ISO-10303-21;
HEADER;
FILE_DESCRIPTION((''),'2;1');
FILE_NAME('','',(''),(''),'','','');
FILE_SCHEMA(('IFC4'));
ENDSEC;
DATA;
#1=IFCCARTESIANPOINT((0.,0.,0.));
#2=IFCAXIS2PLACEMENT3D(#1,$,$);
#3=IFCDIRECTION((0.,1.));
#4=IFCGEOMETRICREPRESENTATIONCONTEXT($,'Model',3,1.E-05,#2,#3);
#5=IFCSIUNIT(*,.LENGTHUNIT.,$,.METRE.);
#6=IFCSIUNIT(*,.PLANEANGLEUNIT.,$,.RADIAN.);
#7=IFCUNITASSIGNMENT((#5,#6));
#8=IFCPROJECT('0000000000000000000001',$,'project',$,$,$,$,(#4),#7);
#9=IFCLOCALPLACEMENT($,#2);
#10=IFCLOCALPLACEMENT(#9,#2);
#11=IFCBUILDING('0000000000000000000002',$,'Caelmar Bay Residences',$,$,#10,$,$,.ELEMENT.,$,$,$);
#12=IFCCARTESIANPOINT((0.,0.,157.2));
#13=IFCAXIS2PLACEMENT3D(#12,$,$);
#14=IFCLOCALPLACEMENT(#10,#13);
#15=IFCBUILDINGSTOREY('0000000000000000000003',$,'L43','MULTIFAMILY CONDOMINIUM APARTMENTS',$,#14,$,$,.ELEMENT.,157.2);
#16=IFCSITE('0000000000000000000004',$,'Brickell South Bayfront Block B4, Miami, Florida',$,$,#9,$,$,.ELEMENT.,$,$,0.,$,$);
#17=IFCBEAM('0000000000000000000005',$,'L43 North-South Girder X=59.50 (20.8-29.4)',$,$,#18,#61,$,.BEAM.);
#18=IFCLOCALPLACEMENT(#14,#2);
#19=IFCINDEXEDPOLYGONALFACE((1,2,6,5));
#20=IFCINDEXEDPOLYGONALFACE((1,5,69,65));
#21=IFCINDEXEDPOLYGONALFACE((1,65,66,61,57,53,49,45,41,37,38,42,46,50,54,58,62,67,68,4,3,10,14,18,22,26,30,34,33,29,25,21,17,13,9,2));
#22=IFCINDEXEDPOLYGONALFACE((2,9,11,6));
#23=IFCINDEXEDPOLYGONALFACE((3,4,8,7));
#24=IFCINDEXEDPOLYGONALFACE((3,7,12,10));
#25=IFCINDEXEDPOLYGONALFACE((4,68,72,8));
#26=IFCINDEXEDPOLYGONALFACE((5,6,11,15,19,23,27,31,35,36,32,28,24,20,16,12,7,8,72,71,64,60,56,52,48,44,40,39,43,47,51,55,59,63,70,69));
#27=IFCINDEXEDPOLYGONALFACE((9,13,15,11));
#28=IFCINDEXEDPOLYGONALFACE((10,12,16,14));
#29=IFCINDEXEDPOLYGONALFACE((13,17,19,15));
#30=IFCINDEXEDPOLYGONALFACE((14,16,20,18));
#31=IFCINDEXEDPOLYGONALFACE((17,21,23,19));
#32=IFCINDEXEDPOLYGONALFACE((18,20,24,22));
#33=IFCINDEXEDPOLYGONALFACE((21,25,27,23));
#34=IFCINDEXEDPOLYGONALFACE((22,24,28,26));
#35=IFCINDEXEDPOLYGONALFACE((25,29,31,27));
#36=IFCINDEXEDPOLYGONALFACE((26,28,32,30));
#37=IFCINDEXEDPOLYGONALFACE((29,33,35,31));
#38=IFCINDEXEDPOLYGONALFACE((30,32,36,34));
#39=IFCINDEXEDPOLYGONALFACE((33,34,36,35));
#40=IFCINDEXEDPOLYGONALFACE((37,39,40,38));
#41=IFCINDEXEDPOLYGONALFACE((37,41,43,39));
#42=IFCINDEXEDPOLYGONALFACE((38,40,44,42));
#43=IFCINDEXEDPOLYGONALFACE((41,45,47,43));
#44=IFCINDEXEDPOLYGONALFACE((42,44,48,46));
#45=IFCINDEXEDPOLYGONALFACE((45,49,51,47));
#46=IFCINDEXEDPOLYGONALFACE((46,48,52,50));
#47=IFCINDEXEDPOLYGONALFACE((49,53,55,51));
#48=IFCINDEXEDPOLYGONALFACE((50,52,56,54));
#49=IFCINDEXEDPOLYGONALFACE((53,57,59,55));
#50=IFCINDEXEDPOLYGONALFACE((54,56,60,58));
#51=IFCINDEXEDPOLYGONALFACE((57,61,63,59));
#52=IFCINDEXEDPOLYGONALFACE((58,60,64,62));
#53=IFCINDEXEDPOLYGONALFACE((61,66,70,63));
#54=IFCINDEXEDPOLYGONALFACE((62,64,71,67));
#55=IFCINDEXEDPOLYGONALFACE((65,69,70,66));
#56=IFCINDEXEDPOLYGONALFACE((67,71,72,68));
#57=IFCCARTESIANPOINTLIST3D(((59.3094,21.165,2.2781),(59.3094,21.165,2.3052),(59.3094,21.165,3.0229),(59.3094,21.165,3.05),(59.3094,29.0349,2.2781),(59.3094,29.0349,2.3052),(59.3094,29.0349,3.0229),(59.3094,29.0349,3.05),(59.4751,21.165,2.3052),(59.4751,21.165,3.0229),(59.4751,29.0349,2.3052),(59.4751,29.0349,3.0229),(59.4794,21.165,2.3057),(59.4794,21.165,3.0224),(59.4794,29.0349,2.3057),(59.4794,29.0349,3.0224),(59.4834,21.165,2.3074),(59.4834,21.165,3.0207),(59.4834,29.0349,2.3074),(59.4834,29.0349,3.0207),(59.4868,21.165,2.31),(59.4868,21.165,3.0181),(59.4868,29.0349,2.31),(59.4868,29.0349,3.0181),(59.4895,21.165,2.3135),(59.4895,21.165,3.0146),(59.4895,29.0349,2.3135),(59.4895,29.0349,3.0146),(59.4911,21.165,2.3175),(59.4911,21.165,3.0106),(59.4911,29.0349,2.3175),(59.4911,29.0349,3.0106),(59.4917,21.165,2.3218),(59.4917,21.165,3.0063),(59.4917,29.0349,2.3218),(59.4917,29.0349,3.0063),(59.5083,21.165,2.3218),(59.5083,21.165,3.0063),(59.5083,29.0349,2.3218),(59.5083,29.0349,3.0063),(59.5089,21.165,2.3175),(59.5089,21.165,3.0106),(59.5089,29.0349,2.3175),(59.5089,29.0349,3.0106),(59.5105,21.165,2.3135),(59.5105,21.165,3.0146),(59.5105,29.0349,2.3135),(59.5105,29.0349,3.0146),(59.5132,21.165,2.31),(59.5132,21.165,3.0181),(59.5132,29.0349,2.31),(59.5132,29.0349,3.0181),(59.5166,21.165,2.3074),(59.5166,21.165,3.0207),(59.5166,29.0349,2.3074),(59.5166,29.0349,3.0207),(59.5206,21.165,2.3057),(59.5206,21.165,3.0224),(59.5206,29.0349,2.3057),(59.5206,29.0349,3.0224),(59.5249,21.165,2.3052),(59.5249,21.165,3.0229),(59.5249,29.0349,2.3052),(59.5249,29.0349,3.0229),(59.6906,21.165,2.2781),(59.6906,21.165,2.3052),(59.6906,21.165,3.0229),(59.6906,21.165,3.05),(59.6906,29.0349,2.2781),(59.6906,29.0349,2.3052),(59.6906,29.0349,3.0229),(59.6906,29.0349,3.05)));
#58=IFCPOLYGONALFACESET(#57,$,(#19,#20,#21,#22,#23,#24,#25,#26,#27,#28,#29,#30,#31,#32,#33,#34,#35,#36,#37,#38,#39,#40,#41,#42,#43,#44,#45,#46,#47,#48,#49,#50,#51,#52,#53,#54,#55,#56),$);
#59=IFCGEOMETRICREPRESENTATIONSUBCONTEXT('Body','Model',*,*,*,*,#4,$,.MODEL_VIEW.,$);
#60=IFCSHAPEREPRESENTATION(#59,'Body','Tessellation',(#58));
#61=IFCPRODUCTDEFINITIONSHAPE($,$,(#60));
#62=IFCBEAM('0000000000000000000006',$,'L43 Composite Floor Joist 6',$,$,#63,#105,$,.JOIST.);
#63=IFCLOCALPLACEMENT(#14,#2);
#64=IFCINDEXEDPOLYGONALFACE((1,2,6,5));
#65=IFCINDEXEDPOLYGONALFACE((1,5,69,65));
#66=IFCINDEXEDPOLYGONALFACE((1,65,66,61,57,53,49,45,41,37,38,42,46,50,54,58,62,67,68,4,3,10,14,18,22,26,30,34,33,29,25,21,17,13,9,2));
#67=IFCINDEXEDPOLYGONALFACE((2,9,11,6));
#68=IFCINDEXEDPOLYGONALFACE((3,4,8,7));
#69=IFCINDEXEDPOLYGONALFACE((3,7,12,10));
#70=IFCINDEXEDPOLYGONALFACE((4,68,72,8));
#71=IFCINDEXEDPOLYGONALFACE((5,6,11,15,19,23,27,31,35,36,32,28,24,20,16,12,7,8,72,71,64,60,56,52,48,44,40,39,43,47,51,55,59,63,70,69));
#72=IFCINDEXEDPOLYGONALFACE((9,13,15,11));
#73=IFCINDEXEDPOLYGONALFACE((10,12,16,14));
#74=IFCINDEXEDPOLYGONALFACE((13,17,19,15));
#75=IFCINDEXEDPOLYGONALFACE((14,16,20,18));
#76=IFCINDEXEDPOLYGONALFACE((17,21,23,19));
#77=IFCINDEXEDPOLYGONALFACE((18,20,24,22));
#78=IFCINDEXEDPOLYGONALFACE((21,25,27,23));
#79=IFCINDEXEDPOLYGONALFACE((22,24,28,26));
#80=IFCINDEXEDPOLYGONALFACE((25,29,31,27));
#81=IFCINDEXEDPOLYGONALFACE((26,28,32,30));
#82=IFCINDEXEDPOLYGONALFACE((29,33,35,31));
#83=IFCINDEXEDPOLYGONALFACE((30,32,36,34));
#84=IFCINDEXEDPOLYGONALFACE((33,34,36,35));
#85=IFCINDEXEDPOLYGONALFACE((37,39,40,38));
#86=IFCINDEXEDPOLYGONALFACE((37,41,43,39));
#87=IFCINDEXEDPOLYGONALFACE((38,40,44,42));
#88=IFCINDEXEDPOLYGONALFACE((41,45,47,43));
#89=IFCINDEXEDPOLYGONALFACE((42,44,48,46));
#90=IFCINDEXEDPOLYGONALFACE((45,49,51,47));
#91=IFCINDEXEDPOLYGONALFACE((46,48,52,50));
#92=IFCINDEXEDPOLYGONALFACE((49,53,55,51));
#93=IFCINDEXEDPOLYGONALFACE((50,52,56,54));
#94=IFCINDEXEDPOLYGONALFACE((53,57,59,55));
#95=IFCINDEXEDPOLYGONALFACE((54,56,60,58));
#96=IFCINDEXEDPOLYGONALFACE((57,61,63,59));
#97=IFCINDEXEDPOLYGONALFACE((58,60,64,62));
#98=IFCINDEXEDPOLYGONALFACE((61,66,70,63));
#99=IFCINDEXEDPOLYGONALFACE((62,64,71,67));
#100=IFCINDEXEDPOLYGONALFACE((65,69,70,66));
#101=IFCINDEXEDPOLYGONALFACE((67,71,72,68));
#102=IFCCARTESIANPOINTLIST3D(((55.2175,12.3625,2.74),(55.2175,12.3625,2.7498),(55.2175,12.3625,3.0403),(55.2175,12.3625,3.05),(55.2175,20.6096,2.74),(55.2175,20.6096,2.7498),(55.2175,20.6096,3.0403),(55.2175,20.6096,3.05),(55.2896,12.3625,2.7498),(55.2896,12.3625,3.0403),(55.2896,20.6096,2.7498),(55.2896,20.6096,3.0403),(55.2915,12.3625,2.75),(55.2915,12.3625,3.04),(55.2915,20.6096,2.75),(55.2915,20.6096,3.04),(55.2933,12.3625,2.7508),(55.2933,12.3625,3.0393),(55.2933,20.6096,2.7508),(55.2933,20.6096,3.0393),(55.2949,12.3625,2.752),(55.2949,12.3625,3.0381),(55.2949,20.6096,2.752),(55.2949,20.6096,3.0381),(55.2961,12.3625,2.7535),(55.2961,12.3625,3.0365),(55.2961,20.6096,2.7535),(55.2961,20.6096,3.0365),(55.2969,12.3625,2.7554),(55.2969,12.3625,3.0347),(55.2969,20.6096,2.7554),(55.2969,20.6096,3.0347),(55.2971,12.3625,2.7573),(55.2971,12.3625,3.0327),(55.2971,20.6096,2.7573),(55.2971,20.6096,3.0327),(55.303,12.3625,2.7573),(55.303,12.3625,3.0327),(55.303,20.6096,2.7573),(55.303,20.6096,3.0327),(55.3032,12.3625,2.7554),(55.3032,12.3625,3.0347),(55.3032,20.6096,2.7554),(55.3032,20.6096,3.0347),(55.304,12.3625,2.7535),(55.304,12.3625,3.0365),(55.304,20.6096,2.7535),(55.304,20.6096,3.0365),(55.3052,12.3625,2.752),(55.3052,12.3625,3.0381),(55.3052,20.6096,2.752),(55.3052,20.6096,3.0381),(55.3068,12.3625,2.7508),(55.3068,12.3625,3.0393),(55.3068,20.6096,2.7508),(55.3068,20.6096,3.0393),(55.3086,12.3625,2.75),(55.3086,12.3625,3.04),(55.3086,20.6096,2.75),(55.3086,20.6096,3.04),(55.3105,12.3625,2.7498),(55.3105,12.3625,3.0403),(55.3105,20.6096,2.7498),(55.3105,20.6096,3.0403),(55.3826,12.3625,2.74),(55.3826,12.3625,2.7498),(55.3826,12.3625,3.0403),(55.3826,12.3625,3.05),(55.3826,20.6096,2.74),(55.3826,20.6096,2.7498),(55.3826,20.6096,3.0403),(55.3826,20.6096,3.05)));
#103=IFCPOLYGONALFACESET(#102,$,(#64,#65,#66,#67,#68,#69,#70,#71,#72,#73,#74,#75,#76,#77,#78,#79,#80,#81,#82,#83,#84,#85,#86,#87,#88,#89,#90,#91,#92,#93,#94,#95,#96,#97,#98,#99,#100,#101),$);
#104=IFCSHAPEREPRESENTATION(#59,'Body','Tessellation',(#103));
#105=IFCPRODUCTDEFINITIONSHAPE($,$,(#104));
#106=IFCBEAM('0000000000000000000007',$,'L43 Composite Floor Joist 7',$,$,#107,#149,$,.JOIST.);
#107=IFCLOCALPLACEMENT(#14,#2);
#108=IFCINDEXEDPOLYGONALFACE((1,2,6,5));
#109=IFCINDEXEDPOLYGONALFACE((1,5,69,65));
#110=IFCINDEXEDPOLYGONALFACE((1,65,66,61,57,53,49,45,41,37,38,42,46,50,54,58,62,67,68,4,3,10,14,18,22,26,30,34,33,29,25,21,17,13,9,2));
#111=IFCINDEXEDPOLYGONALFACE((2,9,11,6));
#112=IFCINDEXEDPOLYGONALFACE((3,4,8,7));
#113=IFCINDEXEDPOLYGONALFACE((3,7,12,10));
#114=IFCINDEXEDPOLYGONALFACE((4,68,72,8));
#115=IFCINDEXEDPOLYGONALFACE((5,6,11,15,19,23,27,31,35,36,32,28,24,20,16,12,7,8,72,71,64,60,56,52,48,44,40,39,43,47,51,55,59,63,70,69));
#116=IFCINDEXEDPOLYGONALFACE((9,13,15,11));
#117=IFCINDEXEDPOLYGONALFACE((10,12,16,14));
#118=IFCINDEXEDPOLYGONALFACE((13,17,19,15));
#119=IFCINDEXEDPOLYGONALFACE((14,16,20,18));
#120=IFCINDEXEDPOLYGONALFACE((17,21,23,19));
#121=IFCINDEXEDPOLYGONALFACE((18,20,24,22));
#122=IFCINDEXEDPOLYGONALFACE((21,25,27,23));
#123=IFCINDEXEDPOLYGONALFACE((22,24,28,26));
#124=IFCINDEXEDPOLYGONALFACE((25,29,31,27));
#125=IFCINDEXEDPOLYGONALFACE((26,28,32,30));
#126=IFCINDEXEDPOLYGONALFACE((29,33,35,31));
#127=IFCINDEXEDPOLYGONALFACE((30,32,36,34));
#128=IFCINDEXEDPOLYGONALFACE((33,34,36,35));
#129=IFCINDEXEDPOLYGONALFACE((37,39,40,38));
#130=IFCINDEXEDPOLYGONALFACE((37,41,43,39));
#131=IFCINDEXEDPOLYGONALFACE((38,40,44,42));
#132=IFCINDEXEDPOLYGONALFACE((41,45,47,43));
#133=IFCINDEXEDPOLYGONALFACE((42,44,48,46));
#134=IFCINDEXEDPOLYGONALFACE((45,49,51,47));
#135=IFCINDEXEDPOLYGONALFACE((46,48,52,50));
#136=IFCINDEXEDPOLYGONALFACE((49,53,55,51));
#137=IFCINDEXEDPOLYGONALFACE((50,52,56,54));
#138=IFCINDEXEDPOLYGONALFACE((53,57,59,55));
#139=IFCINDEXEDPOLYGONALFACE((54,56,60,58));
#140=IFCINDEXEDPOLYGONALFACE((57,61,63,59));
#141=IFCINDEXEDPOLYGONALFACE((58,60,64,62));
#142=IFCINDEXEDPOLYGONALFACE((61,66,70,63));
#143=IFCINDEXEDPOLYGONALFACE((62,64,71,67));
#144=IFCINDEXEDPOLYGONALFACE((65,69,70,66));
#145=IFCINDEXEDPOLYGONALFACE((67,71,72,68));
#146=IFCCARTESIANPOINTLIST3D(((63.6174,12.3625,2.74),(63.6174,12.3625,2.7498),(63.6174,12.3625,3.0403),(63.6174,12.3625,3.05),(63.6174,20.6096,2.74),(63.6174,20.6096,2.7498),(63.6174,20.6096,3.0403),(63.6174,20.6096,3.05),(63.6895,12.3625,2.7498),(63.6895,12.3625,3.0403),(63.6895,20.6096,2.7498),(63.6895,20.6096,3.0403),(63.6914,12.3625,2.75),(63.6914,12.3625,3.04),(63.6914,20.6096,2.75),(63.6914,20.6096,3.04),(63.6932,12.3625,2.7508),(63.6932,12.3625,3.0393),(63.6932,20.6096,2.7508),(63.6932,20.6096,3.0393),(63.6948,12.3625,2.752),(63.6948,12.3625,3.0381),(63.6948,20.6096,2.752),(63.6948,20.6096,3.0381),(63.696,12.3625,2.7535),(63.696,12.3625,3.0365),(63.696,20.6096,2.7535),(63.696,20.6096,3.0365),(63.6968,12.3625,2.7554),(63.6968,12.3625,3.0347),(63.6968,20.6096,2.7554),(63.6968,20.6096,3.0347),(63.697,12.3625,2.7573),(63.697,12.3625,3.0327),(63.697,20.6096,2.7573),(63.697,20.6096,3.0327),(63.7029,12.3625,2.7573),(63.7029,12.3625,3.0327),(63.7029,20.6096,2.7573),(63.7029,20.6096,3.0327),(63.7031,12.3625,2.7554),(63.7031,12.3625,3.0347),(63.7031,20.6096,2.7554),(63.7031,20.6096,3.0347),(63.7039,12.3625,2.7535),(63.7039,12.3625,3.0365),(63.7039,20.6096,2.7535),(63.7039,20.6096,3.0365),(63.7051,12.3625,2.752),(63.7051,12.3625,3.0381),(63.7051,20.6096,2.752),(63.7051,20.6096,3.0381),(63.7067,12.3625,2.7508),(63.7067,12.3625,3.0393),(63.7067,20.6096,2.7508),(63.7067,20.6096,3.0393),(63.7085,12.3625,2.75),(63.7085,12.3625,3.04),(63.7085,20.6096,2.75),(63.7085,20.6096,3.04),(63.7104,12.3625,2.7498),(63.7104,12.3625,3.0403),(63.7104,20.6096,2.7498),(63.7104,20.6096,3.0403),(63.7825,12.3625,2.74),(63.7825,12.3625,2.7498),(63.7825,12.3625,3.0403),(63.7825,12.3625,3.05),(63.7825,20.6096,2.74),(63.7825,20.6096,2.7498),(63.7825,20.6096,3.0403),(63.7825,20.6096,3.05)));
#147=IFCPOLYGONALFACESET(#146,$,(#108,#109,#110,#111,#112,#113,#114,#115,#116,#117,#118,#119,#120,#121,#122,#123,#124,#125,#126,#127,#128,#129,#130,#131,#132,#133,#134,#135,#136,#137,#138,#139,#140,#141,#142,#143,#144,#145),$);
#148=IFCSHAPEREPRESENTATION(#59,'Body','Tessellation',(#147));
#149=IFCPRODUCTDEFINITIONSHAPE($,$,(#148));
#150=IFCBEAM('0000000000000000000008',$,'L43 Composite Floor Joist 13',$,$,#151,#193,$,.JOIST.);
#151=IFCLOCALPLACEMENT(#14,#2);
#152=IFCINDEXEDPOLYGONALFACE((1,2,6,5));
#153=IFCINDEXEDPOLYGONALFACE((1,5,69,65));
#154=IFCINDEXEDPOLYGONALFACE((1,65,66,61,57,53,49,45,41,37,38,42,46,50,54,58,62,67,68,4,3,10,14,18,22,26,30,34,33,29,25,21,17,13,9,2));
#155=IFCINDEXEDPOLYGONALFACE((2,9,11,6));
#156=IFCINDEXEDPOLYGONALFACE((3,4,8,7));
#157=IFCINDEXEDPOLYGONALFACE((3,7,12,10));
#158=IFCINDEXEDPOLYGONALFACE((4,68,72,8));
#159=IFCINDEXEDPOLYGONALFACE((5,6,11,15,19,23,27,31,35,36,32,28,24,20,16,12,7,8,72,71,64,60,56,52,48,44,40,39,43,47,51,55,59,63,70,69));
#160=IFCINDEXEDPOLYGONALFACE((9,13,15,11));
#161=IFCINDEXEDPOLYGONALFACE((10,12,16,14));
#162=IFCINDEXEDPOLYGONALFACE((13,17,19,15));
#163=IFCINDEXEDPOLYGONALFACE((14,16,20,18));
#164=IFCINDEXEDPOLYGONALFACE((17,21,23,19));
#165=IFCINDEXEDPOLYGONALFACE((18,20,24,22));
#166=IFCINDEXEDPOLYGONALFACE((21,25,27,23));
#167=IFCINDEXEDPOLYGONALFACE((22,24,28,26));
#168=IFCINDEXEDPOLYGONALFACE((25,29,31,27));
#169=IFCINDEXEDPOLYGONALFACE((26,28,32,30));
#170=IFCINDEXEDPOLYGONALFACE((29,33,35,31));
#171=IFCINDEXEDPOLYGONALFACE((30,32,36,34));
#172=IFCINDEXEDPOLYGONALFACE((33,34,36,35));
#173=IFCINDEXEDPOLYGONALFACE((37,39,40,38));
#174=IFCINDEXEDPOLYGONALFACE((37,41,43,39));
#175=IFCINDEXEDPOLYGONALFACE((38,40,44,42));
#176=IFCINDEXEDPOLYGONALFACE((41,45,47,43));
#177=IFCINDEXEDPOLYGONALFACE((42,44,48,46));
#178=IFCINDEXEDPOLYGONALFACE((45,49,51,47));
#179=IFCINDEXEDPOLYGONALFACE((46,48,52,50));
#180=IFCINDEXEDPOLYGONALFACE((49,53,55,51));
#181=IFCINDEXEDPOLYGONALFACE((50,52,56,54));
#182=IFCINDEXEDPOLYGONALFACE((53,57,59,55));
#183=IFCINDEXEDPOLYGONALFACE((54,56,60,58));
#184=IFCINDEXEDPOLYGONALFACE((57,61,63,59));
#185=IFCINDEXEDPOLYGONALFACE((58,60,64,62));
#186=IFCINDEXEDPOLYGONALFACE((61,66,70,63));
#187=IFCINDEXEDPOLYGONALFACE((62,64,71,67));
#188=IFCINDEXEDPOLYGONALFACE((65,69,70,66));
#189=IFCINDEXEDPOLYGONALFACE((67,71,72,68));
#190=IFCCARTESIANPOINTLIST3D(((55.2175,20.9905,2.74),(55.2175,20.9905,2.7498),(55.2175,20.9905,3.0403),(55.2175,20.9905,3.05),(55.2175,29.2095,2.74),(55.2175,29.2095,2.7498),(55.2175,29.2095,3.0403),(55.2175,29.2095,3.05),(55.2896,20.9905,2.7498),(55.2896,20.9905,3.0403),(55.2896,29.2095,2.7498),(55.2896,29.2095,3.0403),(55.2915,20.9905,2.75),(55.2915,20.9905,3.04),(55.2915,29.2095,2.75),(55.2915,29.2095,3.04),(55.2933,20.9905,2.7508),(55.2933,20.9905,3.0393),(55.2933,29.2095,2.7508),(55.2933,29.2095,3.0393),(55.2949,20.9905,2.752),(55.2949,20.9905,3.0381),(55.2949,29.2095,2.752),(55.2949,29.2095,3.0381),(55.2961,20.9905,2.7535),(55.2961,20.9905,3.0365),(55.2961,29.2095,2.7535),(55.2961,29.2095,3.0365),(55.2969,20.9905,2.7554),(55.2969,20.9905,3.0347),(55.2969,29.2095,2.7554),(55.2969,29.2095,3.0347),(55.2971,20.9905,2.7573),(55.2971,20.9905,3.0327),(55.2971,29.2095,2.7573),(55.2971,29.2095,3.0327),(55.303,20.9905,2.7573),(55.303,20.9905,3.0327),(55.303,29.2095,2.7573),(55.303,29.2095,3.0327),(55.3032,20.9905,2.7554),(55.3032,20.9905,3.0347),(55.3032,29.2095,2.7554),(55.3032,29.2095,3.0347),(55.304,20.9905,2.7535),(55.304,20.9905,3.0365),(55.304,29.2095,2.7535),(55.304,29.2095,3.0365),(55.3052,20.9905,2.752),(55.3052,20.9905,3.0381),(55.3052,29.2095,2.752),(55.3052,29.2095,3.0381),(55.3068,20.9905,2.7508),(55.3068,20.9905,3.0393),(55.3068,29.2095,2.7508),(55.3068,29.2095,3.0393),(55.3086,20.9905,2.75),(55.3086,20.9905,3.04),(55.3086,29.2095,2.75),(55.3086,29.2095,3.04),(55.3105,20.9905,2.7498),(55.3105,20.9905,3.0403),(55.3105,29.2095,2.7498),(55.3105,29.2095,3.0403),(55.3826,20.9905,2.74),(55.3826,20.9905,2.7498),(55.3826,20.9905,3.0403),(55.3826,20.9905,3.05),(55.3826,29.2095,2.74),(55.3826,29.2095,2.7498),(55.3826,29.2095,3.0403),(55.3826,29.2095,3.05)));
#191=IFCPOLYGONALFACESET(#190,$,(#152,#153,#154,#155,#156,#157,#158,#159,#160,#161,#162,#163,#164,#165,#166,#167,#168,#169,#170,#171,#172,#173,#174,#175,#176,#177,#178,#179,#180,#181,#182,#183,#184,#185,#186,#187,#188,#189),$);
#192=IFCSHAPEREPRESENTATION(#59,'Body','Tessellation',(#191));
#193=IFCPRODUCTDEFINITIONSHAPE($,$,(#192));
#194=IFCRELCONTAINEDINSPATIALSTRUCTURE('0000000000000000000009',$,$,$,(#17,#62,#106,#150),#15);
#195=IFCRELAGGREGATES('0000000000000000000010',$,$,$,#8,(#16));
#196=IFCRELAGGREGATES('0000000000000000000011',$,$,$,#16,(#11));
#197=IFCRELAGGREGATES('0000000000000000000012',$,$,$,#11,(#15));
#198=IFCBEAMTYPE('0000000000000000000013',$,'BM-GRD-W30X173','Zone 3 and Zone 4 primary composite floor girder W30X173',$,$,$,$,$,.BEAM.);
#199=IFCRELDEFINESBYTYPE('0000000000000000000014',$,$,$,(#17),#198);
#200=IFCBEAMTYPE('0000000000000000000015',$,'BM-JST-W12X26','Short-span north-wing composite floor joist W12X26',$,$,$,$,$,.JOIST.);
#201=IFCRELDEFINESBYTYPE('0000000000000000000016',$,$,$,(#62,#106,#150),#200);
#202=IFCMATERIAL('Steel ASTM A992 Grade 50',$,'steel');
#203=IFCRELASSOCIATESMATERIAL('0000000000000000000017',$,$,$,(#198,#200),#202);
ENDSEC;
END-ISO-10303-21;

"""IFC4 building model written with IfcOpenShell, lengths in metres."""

from ifc_helpers import new_model, si_unit, direction, frame, origin, origin_2d, place, context, subcontext, project, spatial, i_section, extrude, material, material_profile, profile_set, type_object, element, save


model = new_model("IFC4")

# Units and contexts
model_context = context("Model", 3, precision=1e-05, world=origin(), true_north=direction((0.0, 1.0)))
body_context = subcontext(model_context, "Body", "Model", "MODEL_VIEW")
ifc_project = project(units=[si_unit("LENGTHUNIT", "METRE"), si_unit("PLANEANGLEUNIT", "RADIAN")], contexts=[model_context])

# Site, building, storey
site_placement = place(None, origin())
site = spatial("IfcSite", under=ifc_project, at=site_placement, Name="Brickell South Bayfront Block B4, Miami, Florida", CompositionType="ELEMENT", RefElevation=0.0)
building_placement = place(site_placement, origin())
building = spatial("IfcBuilding", under=site, at=building_placement, Name="Caelmar Bay Residences", CompositionType="ELEMENT")
storey_placement = place(building_placement, frame((0.0, 0.0, 157.2)))
storey = spatial("IfcBuildingStorey", under=building, at=storey_placement, Name="L43", Description="MULTIFAMILY CONDOMINIUM APARTMENTS", CompositionType="ELEMENT", Elevation=157.2)

# Beams
ifc_material_1 = material(Name="Steel ASTM A992 Grade 50", Category="steel")
ifc_material_profile_1 = material_profile(ifc_material_1, i_section(OverallWidth=0.3811, OverallDepth=0.772, WebThickness=0.0166, FlangeThickness=0.0271, FilletRadius=0.0166, at=origin_2d()), Name="W30X173")
ifc_profile_set_1 = profile_set([ifc_material_profile_1], Name="Steel ASTM A992 Grade 50")
beam_type_1 = type_object("IfcBeamType", Name="BM-GRD-W30X173", Description="Zone 3 and Zone 4 primary composite floor girder W30X173", PredefinedType="BEAM", material=ifc_profile_set_1)
beam_1_placement = place(storey_placement, frame((59.5, 21.165, 2.6641), z_axis=(0.0, 1.0, 0.0), x_axis=(-1.0, 0.0, 0.0)))
element("IfcBeam", 1, at=beam_1_placement, inside=storey, type_object=beam_type_1, Name="L43 North-South Girder X=59.50 (20.8-29.4)", PredefinedType="BEAM", context=body_context, shape_type="SweptSolid", body=[
    extrude(i_section(OverallWidth=0.3811, OverallDepth=0.772, WebThickness=0.0166, FlangeThickness=0.0271, FilletRadius=0.0166, at=origin_2d()), origin(), (0.0, 0.0, 1.0), 7.8699),
])
ifc_material_profile_2 = material_profile(ifc_material_1, i_section(OverallWidth=0.165, OverallDepth=0.3101, WebThickness=0.0059, FlangeThickness=0.0098, FilletRadius=0.0076, at=origin_2d()), Name="W12X26")
ifc_profile_set_2 = profile_set([ifc_material_profile_2], Name="Steel ASTM A992 Grade 50")
beam_type_2 = type_object("IfcBeamType", Name="BM-JST-W12X26", Description="Short-span north-wing composite floor joist W12X26", PredefinedType="JOIST", material=ifc_profile_set_2)
for number, where, z_axis, x_axis, name in (
    (2, (55.3, 12.3625, 2.895), (0.0, 1.0, 0.0), (-1.0, 0.0, 0.0), "L43 Composite Floor Joist 6"),
    (3, (63.7, 12.3625, 2.895), (0.0, 1.0, 0.0), (-1.0, 0.0, 0.0), "L43 Composite Floor Joist 7"),
):
    element("IfcBeam", number, at=place(storey_placement, frame(where, z_axis=z_axis, x_axis=x_axis)), inside=storey, type_object=beam_type_2, Name=name, PredefinedType="JOIST", context=body_context, shape_type="SweptSolid", body=[
        extrude(i_section(OverallWidth=0.165, OverallDepth=0.3101, WebThickness=0.0059, FlangeThickness=0.0098, FilletRadius=0.0076, at=origin_2d()), origin(), (0.0, 0.0, 1.0), 8.2471),
    ])
for number, where, z_axis, x_axis, name in (
    (4, (55.3, 20.9905, 2.895), (0.0, 1.0, 0.0), (-1.0, 0.0, 0.0), "L43 Composite Floor Joist 13"),
):
    element("IfcBeam", number, at=place(storey_placement, frame(where, z_axis=z_axis, x_axis=x_axis)), inside=storey, type_object=beam_type_2, Name=name, PredefinedType="JOIST", context=body_context, shape_type="SweptSolid", body=[
        extrude(i_section(OverallWidth=0.165, OverallDepth=0.3101, WebThickness=0.0059, FlangeThickness=0.0098, FilletRadius=0.0076, at=origin_2d()), origin(), (0.0, 0.0, 1.0), 8.219),
    ])

save(model, "model.ifc")
